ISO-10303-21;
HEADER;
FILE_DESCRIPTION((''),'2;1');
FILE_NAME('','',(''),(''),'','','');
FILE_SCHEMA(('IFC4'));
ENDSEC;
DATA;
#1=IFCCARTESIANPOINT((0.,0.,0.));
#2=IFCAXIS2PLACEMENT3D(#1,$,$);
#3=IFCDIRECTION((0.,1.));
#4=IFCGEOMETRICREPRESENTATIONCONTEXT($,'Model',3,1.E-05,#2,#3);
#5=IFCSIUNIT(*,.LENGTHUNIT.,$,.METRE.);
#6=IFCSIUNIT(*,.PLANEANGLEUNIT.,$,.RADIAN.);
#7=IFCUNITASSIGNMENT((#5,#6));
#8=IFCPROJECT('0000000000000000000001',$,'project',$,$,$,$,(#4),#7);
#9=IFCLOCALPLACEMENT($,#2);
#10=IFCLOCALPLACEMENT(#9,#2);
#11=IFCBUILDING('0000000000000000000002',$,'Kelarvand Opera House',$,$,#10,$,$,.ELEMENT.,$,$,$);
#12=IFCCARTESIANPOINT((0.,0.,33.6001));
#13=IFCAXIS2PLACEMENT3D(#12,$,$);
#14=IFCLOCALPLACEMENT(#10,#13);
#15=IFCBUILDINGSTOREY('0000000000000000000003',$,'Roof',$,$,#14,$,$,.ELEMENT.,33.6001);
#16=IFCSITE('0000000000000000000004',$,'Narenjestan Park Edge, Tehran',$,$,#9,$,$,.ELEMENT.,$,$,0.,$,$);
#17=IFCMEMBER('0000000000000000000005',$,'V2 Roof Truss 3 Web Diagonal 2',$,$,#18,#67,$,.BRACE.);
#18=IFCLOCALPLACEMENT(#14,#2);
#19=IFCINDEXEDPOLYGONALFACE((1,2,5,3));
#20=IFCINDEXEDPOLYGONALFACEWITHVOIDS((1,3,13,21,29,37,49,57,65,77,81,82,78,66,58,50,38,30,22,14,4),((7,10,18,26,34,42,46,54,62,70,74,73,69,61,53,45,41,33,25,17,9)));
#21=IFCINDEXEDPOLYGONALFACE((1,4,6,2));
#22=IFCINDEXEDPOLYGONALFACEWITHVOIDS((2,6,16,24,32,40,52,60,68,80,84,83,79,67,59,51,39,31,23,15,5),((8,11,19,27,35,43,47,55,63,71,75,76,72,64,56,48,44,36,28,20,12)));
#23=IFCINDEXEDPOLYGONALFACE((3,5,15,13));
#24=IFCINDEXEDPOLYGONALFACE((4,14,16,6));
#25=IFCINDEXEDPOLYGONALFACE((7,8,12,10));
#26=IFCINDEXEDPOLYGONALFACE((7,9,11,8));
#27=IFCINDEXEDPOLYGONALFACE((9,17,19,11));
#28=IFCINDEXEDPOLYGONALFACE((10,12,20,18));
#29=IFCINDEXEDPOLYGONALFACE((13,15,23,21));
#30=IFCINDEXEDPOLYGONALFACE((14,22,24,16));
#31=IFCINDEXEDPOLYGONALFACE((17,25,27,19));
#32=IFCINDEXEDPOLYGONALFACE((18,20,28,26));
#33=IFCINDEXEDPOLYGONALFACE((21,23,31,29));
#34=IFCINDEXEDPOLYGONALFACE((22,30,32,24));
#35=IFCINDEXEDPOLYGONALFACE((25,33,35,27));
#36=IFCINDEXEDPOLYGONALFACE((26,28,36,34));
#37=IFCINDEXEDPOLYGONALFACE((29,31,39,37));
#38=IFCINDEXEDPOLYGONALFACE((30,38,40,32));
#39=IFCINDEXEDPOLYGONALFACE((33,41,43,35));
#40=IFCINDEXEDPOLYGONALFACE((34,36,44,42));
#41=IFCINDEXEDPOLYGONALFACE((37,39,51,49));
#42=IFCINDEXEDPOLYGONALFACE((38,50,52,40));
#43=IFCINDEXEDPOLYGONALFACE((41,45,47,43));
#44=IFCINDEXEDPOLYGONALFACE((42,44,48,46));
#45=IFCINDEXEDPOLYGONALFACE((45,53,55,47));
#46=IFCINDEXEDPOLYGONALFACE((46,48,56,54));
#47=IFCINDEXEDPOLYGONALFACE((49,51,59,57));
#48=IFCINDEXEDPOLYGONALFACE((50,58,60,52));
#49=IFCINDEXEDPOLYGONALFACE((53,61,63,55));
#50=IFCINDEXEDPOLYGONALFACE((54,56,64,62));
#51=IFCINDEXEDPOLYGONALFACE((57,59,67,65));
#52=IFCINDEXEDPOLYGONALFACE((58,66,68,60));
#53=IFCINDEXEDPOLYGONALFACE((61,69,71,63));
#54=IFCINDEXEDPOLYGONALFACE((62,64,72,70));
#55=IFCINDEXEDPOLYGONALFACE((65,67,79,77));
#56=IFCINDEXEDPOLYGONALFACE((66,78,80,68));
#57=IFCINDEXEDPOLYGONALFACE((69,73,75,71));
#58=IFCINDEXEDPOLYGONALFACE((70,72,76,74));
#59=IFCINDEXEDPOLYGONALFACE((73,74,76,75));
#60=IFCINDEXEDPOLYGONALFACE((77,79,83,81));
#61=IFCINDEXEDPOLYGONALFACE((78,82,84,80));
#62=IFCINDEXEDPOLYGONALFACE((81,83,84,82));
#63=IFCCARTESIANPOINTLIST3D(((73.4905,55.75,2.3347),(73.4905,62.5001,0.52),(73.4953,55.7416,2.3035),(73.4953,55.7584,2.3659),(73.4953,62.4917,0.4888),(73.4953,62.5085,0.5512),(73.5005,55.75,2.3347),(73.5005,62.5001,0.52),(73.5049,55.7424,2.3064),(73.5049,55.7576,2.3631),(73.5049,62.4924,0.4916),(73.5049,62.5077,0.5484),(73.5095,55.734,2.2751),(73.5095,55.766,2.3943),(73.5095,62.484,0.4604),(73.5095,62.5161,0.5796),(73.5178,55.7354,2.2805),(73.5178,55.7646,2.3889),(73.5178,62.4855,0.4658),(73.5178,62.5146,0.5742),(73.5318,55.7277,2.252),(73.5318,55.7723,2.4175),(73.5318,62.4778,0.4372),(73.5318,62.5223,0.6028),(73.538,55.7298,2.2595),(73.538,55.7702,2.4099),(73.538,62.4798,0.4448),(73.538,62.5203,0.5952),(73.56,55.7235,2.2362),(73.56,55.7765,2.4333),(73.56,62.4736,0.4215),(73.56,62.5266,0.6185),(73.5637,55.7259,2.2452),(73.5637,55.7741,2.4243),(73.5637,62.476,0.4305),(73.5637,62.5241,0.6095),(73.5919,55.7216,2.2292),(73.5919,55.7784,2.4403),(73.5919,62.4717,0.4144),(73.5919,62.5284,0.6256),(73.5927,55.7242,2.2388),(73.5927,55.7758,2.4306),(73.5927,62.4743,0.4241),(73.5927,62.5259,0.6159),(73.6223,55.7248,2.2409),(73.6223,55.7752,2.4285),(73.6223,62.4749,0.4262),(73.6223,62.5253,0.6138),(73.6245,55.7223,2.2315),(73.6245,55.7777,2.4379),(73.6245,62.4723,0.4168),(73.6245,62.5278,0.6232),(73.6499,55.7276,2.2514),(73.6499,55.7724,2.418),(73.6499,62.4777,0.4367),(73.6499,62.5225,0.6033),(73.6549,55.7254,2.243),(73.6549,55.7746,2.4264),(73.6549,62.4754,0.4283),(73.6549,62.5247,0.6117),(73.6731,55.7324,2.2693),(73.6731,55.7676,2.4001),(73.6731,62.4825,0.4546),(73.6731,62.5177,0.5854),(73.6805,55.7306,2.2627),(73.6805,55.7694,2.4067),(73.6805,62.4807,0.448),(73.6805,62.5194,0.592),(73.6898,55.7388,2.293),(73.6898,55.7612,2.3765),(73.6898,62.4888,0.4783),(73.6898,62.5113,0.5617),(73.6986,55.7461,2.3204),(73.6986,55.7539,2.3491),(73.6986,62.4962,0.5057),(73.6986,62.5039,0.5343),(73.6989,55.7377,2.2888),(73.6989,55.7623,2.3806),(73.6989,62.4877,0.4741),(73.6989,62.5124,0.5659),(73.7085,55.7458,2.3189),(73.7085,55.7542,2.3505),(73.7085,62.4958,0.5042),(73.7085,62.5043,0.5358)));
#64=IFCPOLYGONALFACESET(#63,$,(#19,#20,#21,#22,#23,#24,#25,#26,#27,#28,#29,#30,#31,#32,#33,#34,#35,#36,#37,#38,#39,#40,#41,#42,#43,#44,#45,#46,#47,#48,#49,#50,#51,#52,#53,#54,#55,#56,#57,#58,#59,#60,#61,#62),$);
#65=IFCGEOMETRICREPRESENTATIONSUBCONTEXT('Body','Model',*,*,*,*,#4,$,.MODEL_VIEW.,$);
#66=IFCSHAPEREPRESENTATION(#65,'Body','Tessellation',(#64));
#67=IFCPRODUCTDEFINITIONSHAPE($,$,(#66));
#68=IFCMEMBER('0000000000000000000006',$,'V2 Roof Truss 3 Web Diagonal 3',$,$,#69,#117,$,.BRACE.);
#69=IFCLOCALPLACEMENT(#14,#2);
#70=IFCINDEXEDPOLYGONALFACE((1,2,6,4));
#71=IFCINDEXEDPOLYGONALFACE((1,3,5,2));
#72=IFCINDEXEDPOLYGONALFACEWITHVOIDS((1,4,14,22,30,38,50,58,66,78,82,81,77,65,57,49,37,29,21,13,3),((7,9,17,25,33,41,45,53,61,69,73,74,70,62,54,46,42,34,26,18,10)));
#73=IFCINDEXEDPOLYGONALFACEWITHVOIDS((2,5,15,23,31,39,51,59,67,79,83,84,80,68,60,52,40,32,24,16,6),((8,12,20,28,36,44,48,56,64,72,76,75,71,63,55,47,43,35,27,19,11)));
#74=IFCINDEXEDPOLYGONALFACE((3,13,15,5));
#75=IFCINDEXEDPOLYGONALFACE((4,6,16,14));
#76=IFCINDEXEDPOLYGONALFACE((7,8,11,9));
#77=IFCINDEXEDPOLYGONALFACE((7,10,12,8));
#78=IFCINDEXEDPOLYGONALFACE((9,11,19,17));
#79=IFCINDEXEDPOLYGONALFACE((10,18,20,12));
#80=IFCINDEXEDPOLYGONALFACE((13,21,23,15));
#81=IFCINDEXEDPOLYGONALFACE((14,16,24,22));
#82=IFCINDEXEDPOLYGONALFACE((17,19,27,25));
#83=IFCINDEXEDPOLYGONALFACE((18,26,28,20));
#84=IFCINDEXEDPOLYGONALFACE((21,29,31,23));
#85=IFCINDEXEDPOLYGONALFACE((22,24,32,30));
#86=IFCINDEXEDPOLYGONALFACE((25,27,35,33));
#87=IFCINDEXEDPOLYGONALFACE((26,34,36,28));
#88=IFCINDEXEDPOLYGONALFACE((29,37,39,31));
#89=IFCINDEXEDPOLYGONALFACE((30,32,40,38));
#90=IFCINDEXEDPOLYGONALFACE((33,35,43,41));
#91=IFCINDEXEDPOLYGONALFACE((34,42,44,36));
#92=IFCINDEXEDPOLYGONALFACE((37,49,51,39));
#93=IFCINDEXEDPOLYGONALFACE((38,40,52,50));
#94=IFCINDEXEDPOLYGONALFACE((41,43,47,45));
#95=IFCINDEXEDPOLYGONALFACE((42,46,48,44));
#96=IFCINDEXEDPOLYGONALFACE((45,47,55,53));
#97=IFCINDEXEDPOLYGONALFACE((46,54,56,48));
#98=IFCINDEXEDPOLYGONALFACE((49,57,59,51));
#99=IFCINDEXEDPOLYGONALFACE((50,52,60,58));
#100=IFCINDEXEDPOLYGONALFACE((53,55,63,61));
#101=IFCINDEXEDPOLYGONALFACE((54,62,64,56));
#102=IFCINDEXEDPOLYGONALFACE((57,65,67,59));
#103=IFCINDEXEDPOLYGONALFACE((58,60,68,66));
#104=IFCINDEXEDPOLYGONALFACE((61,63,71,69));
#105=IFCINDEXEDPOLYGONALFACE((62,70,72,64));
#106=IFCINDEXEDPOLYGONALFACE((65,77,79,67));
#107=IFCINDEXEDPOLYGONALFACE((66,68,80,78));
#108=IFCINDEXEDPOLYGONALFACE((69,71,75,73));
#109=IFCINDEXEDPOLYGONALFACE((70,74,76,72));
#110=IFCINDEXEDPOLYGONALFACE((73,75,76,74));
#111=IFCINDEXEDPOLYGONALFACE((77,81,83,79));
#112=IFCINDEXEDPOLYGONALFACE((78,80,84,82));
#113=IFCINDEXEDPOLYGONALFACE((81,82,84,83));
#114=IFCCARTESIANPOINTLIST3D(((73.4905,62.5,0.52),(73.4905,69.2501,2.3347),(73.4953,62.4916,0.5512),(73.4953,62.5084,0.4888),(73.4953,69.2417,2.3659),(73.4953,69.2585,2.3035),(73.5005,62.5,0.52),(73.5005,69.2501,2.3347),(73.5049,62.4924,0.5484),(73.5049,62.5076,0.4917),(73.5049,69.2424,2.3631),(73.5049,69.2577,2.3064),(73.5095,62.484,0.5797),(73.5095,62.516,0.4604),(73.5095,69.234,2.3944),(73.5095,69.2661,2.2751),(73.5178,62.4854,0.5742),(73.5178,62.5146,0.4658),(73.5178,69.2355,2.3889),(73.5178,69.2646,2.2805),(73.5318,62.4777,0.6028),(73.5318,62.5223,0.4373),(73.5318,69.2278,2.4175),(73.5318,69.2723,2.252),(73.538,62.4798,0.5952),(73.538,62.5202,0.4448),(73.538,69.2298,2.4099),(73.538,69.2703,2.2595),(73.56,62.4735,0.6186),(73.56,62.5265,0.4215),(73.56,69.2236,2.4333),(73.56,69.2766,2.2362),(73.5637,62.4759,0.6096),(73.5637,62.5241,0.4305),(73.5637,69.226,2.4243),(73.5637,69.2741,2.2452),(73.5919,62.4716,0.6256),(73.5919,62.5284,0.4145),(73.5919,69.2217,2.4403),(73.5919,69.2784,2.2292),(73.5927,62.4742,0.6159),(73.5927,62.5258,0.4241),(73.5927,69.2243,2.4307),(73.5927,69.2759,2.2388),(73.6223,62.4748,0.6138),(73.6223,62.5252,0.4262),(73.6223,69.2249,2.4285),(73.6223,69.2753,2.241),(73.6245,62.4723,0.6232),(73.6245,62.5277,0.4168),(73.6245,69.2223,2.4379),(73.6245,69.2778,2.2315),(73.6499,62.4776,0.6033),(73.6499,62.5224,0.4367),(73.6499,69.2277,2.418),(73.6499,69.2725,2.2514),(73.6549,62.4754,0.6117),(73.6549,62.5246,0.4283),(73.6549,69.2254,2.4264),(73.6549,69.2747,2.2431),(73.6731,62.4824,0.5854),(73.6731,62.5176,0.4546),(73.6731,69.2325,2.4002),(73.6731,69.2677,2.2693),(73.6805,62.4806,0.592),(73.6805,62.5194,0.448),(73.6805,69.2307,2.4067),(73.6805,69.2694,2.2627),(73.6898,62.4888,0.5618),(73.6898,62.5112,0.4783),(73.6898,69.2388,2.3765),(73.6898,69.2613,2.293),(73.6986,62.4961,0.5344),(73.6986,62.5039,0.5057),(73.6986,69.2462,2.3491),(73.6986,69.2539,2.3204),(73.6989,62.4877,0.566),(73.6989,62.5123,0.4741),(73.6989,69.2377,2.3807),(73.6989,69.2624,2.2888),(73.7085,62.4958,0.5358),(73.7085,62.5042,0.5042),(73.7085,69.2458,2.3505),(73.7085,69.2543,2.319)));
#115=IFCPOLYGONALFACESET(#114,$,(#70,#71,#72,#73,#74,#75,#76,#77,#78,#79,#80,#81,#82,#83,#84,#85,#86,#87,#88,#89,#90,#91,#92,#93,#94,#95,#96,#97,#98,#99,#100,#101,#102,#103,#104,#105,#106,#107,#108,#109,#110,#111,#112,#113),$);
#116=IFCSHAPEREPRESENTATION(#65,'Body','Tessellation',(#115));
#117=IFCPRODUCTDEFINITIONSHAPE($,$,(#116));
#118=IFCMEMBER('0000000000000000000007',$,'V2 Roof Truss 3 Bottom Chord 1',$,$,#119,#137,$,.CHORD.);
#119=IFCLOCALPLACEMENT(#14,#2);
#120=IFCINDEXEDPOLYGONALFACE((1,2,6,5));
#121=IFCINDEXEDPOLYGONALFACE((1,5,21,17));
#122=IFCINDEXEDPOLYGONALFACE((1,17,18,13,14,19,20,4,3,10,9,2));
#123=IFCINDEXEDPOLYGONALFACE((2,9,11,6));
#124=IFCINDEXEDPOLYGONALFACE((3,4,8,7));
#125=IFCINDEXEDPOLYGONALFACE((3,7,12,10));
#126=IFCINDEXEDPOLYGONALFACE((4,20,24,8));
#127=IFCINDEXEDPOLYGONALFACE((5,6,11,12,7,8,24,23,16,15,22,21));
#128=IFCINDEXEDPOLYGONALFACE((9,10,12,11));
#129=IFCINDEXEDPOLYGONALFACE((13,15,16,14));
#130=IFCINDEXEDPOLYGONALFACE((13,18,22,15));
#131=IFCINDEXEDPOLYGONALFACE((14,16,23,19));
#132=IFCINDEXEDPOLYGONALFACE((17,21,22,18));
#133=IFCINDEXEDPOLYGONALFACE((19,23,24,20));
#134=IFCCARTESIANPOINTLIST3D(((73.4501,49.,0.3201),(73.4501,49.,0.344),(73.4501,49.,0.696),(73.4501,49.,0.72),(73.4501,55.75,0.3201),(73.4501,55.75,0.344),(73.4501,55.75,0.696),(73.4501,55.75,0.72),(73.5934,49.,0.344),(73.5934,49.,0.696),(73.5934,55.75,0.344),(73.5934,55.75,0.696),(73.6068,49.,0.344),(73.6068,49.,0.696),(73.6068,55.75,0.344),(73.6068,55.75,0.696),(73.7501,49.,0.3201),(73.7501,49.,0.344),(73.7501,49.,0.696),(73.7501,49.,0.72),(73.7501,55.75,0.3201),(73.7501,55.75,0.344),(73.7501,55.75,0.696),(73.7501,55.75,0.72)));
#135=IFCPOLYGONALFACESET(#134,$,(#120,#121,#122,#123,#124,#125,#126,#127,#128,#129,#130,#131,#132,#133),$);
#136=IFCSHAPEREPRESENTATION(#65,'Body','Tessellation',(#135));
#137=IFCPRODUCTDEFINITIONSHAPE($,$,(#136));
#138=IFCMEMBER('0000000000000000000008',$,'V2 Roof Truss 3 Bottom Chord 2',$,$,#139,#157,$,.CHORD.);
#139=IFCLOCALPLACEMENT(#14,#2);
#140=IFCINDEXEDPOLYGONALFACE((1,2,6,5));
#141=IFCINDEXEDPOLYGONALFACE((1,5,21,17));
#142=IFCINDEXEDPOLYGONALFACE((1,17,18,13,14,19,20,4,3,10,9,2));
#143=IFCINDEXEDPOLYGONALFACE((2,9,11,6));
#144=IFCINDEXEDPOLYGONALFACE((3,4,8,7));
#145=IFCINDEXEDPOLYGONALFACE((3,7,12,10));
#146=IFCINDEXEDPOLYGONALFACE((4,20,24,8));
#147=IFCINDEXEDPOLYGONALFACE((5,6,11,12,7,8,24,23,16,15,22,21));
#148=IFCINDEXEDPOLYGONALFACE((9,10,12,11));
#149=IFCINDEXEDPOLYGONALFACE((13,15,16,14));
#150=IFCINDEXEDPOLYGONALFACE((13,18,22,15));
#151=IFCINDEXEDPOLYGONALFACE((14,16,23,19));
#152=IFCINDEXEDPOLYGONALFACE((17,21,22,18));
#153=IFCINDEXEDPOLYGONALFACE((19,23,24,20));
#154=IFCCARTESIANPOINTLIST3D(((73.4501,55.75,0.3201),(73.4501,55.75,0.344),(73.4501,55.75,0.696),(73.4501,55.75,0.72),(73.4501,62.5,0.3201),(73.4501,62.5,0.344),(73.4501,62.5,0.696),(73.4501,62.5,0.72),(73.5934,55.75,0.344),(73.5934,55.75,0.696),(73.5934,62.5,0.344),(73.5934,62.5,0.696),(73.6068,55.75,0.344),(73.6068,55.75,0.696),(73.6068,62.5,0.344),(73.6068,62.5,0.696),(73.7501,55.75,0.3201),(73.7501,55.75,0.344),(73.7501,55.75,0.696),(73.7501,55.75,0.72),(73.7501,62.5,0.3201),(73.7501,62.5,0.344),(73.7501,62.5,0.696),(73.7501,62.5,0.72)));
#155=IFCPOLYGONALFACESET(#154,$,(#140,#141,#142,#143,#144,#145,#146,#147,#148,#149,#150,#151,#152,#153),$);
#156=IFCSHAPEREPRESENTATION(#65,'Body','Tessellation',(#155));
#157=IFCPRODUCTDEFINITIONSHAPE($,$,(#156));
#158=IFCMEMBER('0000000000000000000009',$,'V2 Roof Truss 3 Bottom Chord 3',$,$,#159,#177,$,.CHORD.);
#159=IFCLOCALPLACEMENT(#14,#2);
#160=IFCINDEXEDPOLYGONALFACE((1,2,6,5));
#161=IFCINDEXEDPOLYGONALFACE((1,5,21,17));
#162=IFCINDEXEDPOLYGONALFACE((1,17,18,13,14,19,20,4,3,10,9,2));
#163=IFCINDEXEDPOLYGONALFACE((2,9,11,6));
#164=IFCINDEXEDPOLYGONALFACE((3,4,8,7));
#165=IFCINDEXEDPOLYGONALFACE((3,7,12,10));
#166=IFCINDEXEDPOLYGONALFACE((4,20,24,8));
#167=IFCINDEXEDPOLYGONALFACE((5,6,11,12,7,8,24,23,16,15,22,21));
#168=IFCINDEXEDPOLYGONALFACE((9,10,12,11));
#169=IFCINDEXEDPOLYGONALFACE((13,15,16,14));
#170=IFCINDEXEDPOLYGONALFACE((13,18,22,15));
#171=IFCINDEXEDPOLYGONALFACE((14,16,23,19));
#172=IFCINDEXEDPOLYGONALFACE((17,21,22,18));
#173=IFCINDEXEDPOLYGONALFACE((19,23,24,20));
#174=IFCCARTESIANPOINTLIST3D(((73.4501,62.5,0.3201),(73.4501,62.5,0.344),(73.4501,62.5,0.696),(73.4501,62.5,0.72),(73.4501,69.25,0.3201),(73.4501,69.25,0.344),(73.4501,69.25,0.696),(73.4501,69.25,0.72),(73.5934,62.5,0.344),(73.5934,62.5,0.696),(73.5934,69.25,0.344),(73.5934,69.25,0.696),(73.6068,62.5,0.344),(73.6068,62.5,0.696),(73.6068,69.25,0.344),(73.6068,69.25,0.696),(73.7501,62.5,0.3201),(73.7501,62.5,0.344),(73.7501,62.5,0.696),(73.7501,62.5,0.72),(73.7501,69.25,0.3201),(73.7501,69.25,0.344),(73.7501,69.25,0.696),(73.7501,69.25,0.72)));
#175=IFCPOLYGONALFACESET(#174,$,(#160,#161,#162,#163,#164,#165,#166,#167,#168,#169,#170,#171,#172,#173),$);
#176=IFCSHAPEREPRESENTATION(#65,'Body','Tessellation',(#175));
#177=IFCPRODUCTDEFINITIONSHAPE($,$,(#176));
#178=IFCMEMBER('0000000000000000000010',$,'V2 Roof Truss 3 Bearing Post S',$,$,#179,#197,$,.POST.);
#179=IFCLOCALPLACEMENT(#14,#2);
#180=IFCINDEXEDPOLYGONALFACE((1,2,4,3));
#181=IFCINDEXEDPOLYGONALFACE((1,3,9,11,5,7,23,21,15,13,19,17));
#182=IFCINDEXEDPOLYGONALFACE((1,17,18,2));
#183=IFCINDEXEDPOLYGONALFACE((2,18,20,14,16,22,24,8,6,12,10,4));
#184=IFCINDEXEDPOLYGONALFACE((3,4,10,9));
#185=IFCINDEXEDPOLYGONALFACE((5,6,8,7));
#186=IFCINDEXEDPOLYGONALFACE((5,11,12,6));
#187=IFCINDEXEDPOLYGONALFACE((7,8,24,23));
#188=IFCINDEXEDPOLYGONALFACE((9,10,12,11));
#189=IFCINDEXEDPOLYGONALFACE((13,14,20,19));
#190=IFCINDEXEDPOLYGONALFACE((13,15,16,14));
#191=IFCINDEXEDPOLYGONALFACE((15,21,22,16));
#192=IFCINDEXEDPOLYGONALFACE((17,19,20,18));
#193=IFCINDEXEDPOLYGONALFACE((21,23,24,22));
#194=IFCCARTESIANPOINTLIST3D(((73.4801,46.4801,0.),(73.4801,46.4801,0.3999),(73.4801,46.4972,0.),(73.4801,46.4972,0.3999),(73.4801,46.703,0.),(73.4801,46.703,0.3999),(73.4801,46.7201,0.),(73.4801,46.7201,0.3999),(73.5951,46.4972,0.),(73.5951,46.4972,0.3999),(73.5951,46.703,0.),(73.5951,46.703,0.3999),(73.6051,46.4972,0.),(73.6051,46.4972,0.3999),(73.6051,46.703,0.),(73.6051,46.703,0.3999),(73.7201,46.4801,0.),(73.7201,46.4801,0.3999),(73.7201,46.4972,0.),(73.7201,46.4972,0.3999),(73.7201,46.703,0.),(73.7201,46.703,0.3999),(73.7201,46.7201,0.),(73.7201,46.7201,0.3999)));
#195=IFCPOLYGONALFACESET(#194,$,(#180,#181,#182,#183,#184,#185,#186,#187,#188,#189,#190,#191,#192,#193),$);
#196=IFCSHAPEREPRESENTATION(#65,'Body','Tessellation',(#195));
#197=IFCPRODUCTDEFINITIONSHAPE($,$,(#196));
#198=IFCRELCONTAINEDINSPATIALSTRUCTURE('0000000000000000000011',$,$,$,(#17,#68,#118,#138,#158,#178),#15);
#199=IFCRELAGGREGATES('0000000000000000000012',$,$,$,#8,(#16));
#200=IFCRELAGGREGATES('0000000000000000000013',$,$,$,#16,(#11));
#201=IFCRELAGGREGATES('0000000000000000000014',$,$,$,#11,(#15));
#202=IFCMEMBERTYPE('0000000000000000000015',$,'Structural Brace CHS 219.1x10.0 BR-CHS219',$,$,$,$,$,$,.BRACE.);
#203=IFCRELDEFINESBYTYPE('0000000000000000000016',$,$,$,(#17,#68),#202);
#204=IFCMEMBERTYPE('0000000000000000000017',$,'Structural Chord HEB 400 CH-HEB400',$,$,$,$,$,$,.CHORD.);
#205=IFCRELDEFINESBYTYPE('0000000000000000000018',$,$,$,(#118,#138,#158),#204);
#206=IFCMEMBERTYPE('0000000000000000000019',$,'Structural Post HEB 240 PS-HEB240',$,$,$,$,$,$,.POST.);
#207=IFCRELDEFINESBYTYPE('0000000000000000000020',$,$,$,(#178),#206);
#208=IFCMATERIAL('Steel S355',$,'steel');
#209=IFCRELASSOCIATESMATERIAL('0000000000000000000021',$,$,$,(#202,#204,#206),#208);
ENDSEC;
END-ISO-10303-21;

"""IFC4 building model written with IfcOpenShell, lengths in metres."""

from ifc_helpers import new_model, si_unit, direction, frame, origin, origin_2d, place, context, subcontext, project, spatial, hollow_circle, i_section, extrude, material, material_profile, profile_set, type_object, element, save


model = new_model("IFC4")

# Units and contexts
model_context = context("Model", 3, precision=1e-05, world=origin(), true_north=direction((0.0, 1.0)))
body_context = subcontext(model_context, "Body", "Model", "MODEL_VIEW")
ifc_project = project(units=[si_unit("LENGTHUNIT", "METRE"), si_unit("PLANEANGLEUNIT", "RADIAN")], contexts=[model_context])

# Site, building, storey
site_placement = place(None, origin())
site = spatial("IfcSite", under=ifc_project, at=site_placement, Name="Narenjestan Park Edge, Tehran", CompositionType="ELEMENT", RefElevation=0.0)
building_placement = place(site_placement, origin())
building = spatial("IfcBuilding", under=site, at=building_placement, Name="Kelarvand Opera House", CompositionType="ELEMENT")
storey_placement = place(building_placement, frame((0.0, 0.0, 33.6001)))
storey = spatial("IfcBuildingStorey", under=building, at=storey_placement, Name="Roof", CompositionType="ELEMENT", Elevation=33.6001)

# Members
ifc_material = material(Name="Steel S355", Category="steel")
ifc_material_profile_1 = material_profile(ifc_material, hollow_circle(Radius=0.1096, WallThickness=0.01, at=origin_2d()), Name="CHS 219.1x10.0", Category="steel")
ifc_profile_set_1 = profile_set([ifc_material_profile_1], Name="Steel S355")
member_type_1 = type_object("IfcMemberType", Name="Structural Brace CHS 219.1x10.0 BR-CHS219", PredefinedType="BRACE", material=ifc_profile_set_1)
for number, where, z_axis, x_axis, name in (
    (1, (73.6001, 55.75, 2.3347), (0.0, 0.965709, -0.259625), (-1.0, 0.0, 0.0), "V2 Roof Truss 3 Web Diagonal 2"),
    (2, (73.6001, 62.5, 0.52), (0.0, 0.965709, 0.259625), (-1.0, 0.0, 0.0), "V2 Roof Truss 3 Web Diagonal 3"),
):
    element("IfcMember", number, at=place(storey_placement, frame(where, z_axis=z_axis, x_axis=x_axis)), inside=storey, type_object=member_type_1, Name=name, PredefinedType="BRACE", context=body_context, shape_type="SweptSolid", body=[
        extrude(hollow_circle(Radius=0.1096, WallThickness=0.01, at=origin_2d()), origin(), (0.0, 0.0, 1.0), 6.9897),
    ])
ifc_material_profile_2 = material_profile(ifc_material, i_section(OverallWidth=0.3, OverallDepth=0.3999, WebThickness=0.0134, FlangeThickness=0.0239, at=origin_2d()), Name="HEB 400", Category="steel")
ifc_profile_set_2 = profile_set([ifc_material_profile_2], Name="Steel S355")
member_type_2 = type_object("IfcMemberType", Name="Structural Chord HEB 400 CH-HEB400", PredefinedType="CHORD", material=ifc_profile_set_2)
for number, where, z_axis, x_axis, name in (
    (3, (73.6001, 49.0, 0.52), (0.0, 1.0, 0.0), (-1.0, 0.0, 0.0), "V2 Roof Truss 3 Bottom Chord 1"),
    (4, (73.6001, 55.75, 0.52), (0.0, 1.0, 0.0), (-1.0, 0.0, 0.0), "V2 Roof Truss 3 Bottom Chord 2"),
    (5, (73.6001, 62.5, 0.52), (0.0, 1.0, 0.0), (-1.0, 0.0, 0.0), "V2 Roof Truss 3 Bottom Chord 3"),
):
    element("IfcMember", number, at=place(storey_placement, frame(where, z_axis=z_axis, x_axis=x_axis)), inside=storey, type_object=member_type_2, Name=name, PredefinedType="CHORD", context=body_context, shape_type="SweptSolid", body=[
        extrude(i_section(OverallWidth=0.3, OverallDepth=0.3999, WebThickness=0.0134, FlangeThickness=0.0239, at=origin_2d()), origin(), (0.0, 0.0, 1.0), 6.75),
    ])
ifc_material_profile_3 = material_profile(ifc_material, i_section(OverallWidth=0.24, OverallDepth=0.24, WebThickness=0.01, FlangeThickness=0.0171, at=origin_2d()), Name="HEB 240", Category="steel")
ifc_profile_set_3 = profile_set([ifc_material_profile_3], Name="Steel S355")
member_type_3 = type_object("IfcMemberType", Name="Structural Post HEB 240 PS-HEB240", PredefinedType="POST", material=ifc_profile_set_3)
member_1_placement = place(storey_placement, frame((73.6001, 46.6001, 0.0), z_axis=(0.0, 0.0, 1.0), x_axis=(1.0, 0.0, 0.0)))
element("IfcMember", 6, at=member_1_placement, inside=storey, type_object=member_type_3, Name="V2 Roof Truss 3 Bearing Post S", PredefinedType="POST", context=body_context, shape_type="SweptSolid", body=[
    extrude(i_section(OverallWidth=0.24, OverallDepth=0.24, WebThickness=0.01, FlangeThickness=0.0171, at=origin_2d()), origin(), (0.0, 0.0, 1.0), 0.3999),
])

save(model, "model.ifc")
